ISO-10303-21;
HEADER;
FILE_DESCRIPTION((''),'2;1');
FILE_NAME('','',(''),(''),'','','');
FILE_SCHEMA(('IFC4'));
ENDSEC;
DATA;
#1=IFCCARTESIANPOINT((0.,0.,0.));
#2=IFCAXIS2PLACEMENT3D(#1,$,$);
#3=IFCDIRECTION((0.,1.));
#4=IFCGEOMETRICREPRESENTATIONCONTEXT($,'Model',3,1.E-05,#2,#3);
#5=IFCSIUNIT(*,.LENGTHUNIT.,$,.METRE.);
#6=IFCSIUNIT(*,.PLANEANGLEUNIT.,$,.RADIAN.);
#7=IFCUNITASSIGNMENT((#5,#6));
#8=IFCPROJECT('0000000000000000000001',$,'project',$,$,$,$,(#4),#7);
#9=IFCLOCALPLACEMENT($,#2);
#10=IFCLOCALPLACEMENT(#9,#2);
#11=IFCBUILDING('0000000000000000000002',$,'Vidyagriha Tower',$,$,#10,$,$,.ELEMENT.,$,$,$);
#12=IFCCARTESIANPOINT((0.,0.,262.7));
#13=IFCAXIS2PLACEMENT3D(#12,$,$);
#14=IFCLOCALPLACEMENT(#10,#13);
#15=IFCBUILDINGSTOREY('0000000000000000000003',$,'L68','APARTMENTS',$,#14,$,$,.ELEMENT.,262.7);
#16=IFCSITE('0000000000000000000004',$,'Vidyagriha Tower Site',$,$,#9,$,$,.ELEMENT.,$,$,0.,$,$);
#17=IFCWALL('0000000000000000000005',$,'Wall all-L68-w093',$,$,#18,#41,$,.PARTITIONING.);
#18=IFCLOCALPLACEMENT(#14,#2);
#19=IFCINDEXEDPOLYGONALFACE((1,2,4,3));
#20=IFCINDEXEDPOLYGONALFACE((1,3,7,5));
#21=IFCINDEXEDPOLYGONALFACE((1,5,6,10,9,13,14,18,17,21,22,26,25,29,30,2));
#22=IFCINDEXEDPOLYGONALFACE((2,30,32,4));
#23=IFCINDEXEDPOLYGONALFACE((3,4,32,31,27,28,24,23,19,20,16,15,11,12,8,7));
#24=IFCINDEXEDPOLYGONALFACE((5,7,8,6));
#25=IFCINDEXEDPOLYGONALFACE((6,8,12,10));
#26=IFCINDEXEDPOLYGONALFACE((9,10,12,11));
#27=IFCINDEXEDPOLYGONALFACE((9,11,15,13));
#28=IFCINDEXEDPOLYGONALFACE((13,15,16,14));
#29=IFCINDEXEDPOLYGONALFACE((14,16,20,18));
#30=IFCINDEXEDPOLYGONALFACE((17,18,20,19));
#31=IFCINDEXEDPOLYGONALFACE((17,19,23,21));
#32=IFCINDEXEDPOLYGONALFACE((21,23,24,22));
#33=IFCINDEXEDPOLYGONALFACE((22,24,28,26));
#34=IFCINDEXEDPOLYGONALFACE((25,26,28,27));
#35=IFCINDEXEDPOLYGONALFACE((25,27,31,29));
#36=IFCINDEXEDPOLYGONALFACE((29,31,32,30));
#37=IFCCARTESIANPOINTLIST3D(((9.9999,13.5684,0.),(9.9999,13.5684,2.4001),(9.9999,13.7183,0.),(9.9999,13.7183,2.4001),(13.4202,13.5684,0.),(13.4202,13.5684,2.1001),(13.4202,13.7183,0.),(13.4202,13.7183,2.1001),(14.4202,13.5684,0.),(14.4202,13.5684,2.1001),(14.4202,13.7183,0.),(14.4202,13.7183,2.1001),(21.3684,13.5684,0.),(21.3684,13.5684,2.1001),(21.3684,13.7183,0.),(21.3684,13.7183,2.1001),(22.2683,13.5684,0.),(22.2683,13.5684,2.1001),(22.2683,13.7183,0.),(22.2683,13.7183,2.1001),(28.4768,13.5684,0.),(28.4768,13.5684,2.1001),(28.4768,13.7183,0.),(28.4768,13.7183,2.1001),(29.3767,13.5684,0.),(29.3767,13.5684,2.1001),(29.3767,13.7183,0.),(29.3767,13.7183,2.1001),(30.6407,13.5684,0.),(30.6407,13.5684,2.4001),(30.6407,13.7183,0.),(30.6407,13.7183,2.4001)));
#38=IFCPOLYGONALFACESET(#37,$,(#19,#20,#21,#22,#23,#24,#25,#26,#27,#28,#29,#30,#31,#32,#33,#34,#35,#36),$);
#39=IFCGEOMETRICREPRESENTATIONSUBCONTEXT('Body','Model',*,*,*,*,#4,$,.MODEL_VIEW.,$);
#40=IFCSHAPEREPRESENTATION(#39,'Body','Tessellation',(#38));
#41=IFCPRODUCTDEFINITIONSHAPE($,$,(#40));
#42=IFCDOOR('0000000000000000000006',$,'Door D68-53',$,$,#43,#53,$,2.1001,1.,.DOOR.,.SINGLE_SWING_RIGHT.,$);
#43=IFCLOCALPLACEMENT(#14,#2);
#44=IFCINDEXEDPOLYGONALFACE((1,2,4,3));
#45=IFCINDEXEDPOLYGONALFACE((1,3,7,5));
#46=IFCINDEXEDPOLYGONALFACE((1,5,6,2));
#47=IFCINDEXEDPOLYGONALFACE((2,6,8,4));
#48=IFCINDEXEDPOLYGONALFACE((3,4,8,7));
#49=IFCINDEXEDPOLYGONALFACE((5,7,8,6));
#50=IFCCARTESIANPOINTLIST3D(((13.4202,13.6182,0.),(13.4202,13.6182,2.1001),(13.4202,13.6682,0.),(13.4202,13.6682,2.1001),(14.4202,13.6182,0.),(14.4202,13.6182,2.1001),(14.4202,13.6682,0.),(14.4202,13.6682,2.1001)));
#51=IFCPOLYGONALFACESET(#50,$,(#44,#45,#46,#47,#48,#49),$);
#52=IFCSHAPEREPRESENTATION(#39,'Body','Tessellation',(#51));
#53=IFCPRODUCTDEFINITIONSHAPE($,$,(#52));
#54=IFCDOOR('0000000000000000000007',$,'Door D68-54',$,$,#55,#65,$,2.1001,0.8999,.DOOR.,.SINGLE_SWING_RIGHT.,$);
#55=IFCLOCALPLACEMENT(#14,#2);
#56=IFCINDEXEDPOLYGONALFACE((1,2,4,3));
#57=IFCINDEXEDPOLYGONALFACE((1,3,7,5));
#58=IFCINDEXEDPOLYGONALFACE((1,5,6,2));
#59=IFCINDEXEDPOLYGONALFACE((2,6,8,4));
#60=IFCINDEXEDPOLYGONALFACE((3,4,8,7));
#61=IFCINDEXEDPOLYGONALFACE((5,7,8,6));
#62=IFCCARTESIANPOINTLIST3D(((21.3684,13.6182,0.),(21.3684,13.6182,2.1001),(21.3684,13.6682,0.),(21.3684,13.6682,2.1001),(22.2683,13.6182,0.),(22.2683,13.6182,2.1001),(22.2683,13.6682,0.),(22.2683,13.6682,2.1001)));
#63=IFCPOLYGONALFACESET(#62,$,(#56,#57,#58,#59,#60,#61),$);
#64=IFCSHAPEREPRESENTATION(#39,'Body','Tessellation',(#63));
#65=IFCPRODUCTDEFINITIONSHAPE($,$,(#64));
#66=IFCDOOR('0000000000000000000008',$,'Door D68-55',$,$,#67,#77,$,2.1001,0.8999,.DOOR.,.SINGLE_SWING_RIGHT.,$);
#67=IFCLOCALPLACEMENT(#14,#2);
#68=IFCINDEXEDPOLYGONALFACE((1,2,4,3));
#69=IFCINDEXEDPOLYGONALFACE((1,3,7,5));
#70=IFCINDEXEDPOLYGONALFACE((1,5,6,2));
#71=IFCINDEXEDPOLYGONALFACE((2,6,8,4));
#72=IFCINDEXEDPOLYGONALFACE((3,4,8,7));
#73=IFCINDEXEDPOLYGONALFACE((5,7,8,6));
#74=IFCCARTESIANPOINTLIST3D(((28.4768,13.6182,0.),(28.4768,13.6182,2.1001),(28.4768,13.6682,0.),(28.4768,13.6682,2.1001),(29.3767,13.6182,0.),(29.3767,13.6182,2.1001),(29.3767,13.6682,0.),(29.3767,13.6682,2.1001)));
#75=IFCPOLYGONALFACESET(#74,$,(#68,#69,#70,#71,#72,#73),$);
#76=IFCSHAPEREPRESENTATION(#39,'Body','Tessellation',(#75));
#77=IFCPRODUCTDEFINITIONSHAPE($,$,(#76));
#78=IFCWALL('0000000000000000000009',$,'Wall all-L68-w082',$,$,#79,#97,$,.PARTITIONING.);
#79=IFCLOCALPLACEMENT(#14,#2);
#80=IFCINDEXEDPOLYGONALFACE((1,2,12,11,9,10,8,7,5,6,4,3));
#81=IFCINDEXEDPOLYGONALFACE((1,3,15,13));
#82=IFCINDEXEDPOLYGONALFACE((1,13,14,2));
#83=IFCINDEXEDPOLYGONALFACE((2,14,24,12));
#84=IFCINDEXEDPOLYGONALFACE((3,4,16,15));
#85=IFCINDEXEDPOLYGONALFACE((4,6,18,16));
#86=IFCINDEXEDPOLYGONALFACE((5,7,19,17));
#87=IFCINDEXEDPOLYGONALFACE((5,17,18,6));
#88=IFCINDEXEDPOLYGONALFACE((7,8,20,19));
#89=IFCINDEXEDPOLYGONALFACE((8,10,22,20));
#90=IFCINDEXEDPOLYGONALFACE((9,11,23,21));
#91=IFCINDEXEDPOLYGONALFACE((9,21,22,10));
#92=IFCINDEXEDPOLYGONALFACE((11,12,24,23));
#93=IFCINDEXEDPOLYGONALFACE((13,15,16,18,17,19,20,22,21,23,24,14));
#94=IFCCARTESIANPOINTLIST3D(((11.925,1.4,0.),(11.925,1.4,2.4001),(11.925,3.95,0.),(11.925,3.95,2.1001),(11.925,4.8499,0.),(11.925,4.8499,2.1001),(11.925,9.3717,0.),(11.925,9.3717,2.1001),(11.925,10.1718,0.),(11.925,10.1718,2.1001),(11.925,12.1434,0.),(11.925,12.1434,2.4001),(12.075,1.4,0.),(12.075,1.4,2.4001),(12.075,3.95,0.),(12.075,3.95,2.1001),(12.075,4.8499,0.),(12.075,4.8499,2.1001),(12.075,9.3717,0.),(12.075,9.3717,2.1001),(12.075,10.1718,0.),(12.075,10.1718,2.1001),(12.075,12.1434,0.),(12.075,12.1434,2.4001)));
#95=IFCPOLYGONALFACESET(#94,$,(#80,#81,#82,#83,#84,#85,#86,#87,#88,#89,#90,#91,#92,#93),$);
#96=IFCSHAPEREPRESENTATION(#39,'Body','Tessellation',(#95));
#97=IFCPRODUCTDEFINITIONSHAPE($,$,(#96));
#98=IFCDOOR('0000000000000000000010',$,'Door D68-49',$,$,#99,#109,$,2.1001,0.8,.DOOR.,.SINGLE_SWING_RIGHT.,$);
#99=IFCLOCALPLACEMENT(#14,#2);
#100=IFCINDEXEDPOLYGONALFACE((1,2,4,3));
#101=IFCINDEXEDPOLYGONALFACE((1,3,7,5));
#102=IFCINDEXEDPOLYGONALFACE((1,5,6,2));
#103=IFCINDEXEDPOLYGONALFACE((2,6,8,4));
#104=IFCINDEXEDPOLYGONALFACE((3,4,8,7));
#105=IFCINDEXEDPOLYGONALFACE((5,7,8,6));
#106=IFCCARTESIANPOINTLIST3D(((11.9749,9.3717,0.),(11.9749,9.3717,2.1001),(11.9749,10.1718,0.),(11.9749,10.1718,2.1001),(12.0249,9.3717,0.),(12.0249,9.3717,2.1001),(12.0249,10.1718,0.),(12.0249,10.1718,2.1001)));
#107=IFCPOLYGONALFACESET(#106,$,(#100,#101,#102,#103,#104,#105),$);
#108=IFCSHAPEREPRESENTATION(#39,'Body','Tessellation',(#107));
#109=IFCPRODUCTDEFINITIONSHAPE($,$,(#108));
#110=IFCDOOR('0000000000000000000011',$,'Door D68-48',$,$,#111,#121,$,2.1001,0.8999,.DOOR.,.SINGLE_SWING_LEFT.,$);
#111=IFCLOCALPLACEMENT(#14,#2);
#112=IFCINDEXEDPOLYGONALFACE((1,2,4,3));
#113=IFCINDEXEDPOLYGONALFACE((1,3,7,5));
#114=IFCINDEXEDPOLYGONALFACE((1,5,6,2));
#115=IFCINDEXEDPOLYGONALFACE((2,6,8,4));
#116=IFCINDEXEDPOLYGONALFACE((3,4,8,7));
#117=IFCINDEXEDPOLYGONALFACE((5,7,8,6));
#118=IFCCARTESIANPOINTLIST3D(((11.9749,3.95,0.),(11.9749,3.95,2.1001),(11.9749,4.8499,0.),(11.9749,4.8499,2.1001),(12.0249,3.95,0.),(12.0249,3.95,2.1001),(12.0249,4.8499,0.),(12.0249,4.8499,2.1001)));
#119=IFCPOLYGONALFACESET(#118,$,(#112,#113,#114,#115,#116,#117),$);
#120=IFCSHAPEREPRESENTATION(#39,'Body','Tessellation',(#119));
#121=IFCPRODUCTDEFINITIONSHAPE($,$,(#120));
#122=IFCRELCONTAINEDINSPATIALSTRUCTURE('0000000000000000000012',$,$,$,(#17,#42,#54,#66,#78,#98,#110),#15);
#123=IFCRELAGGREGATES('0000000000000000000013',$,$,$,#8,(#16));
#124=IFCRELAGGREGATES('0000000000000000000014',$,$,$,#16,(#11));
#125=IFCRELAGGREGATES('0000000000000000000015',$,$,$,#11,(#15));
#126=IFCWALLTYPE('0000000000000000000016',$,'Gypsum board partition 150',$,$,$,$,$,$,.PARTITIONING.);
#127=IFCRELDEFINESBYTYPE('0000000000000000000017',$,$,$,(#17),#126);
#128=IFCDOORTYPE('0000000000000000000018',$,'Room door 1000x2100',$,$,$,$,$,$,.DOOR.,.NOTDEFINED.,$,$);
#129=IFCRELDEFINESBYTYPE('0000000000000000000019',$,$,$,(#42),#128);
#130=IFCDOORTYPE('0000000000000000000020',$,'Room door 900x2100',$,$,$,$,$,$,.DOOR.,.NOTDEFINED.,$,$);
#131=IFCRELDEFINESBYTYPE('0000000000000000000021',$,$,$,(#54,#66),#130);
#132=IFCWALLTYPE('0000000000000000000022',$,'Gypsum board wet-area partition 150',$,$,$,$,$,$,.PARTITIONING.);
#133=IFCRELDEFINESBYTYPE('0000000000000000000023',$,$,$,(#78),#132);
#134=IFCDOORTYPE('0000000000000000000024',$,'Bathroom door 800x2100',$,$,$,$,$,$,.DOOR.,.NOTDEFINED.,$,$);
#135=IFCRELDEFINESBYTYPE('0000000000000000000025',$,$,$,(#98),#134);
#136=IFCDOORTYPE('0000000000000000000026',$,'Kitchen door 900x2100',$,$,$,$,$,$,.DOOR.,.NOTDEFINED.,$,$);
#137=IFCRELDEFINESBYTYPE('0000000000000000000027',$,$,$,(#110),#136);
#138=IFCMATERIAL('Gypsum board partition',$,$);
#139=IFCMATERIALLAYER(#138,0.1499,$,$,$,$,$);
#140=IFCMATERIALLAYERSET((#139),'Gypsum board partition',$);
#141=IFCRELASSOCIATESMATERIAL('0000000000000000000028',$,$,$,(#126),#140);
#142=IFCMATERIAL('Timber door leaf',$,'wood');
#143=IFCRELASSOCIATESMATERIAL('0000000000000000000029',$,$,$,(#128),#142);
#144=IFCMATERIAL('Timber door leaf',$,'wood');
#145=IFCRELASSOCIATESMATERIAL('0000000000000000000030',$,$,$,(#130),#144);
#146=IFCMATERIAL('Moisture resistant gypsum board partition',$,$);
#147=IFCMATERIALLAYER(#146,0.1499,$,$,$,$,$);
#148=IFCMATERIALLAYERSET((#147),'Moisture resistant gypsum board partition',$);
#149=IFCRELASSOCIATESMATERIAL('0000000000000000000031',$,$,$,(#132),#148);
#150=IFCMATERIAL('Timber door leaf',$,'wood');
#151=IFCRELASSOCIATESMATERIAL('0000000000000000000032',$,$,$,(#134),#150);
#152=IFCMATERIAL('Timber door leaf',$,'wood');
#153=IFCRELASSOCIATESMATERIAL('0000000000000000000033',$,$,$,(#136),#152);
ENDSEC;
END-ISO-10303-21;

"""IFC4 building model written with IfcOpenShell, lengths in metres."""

from ifc_helpers import new_model, si_unit, direction, frame, frame_2d, origin, place, context, subcontext, project, spatial, rectangle, extrude, material, layer, layer_set, type_object, element, fill, save


model = new_model("IFC4")

# Units and contexts
model_context = context("Model", 3, precision=1e-05, world=origin(), true_north=direction((0.0, 1.0)))
body_context = subcontext(model_context, "Body", "Model", "MODEL_VIEW")
ifc_project = project(units=[si_unit("LENGTHUNIT", "METRE"), si_unit("PLANEANGLEUNIT", "RADIAN")], contexts=[model_context])

# Site, building, storey
site_placement = place(None, origin())
site = spatial("IfcSite", under=ifc_project, at=site_placement, Name="Vidyagriha Tower Site", CompositionType="ELEMENT", RefElevation=0.0)
building_placement = place(site_placement, origin())
building = spatial("IfcBuilding", under=site, at=building_placement, Name="Vidyagriha Tower", CompositionType="ELEMENT")
storey_placement = place(building_placement, frame((0.0, 0.0, 262.7)))
storey = spatial("IfcBuildingStorey", under=building, at=storey_placement, Name="L68", Description="APARTMENTS", CompositionType="ELEMENT", Elevation=262.7)

# Shared definitions
ifc_material_1 = material(Name="Gypsum board partition")
ifc_layer_1 = layer(ifc_material_1, 0.1499)
ifc_layer_set_1 = layer_set([ifc_layer_1], Name="Gypsum board partition")
wall_type_1 = type_object("IfcWallType", Name="Gypsum board partition 150", PredefinedType="PARTITIONING", material=ifc_layer_set_1)

# Walls, openings, doors
wall_1_placement = place(storey_placement, frame((10.0, 13.6433, 0.0)))
wall_1 = element("IfcWall", 1, at=wall_1_placement, inside=storey, type_object=wall_type_1, Name="Wall all-L68-w093", PredefinedType="PARTITIONING", context=body_context, shape_type="SweptSolid", body=[
    extrude(rectangle(XDim=20.6409, YDim=0.1499, at=frame_2d((10.3203, 0.0))), origin(), (0.0, 0.0, 1.0), 2.4001),
])
opening_1_placement = place(wall_1_placement, frame((3.4202, 0.0, 0.0)))
opening_1 = element("IfcOpeningElement", 2, at=opening_1_placement, cuts=wall_1, PredefinedType="OPENING", context=body_context, shape_type="SweptSolid", body=[
    extrude(rectangle(XDim=1.0, YDim=2.1001, at=frame_2d((0.5, 1.05))), frame((0.0, 0.085, 0.0), z_axis=(0.0, -1.0, 0.0), x_axis=(1.0, 0.0, 0.0)), (0.0, 0.0, 1.0), 0.1699),
])
opening_2_placement = place(wall_1_placement, frame((11.3684, 0.0, 0.0)))
opening_2 = element("IfcOpeningElement", 3, at=opening_2_placement, cuts=wall_1, PredefinedType="OPENING", context=body_context, shape_type="SweptSolid", body=[
    extrude(rectangle(XDim=0.8999, YDim=2.1001, at=frame_2d((0.45, 1.05))), frame((0.0, 0.085, 0.0), z_axis=(0.0, -1.0, 0.0), x_axis=(1.0, 0.0, 0.0)), (0.0, 0.0, 1.0), 0.1699),
])
opening_3_placement = place(wall_1_placement, frame((18.4768, 0.0, 0.0)))
opening_3 = element("IfcOpeningElement", 4, at=opening_3_placement, cuts=wall_1, PredefinedType="OPENING", context=body_context, shape_type="SweptSolid", body=[
    extrude(rectangle(XDim=0.8999, YDim=2.1001, at=frame_2d((0.45, 1.05))), frame((0.0, 0.085, 0.0), z_axis=(0.0, -1.0, 0.0), x_axis=(1.0, 0.0, 0.0)), (0.0, 0.0, 1.0), 0.1699),
])
ifc_material_2 = material(Name="Timber door leaf", Category="wood")
door_type_1 = type_object("IfcDoorType", Name="Room door 1000x2100", OperationType="NOTDEFINED", PredefinedType="DOOR", material=ifc_material_2)
door_1_placement = place(opening_1_placement, origin())
door_1 = element("IfcDoor", 5, at=door_1_placement, inside=storey, type_object=door_type_1, Name="Door D68-53", OperationType="SINGLE_SWING_RIGHT", OverallHeight=2.1001, OverallWidth=1.0, PredefinedType="DOOR", context=body_context, shape_type="SweptSolid", body=[
    extrude(rectangle(XDim=1.0, YDim=2.1001, at=frame_2d((0.5, 1.05))), frame((0.0, 0.0249, 0.0), z_axis=(0.0, -1.0, 0.0), x_axis=(1.0, 0.0, 0.0)), (0.0, 0.0, 1.0), 0.05),
])
fill(opening_1, door_1)
ifc_material_3 = material(Name="Timber door leaf", Category="wood")
door_type_2 = type_object("IfcDoorType", Name="Room door 900x2100", OperationType="NOTDEFINED", PredefinedType="DOOR", material=ifc_material_3)
door_2_placement = place(opening_2_placement, origin())
door_2 = element("IfcDoor", 6, at=door_2_placement, inside=storey, type_object=door_type_2, Name="Door D68-54", OperationType="SINGLE_SWING_RIGHT", OverallHeight=2.1001, OverallWidth=0.8999, PredefinedType="DOOR", context=body_context, shape_type="SweptSolid", body=[
    extrude(rectangle(XDim=0.8999, YDim=2.1001, at=frame_2d((0.45, 1.05))), frame((0.0, 0.0249, 0.0), z_axis=(0.0, -1.0, 0.0), x_axis=(1.0, 0.0, 0.0)), (0.0, 0.0, 1.0), 0.05),
])
fill(opening_2, door_2)
door_3_placement = place(opening_3_placement, origin())
door_3 = element("IfcDoor", 7, at=door_3_placement, inside=storey, type_object=door_type_2, Name="Door D68-55", OperationType="SINGLE_SWING_RIGHT", OverallHeight=2.1001, OverallWidth=0.8999, PredefinedType="DOOR", context=body_context, shape_type="SweptSolid", body=[
    extrude(rectangle(XDim=0.8999, YDim=2.1001, at=frame_2d((0.45, 1.05))), frame((0.0, 0.0249, 0.0), z_axis=(0.0, -1.0, 0.0), x_axis=(1.0, 0.0, 0.0)), (0.0, 0.0, 1.0), 0.05),
])
fill(opening_3, door_3)
ifc_material_4 = material(Name="Moisture resistant gypsum board partition")
ifc_layer_2 = layer(ifc_material_4, 0.1499)
ifc_layer_set_2 = layer_set([ifc_layer_2], Name="Moisture resistant gypsum board partition")
wall_type_2 = type_object("IfcWallType", Name="Gypsum board wet-area partition 150", PredefinedType="PARTITIONING", material=ifc_layer_set_2)
wall_2_placement = place(storey_placement, frame((12.0, 12.1433, 0.0), z_axis=(0.0, 0.0, 1.0), x_axis=(0.0, -1.0, 0.0)))
wall_2 = element("IfcWall", 8, at=wall_2_placement, inside=storey, type_object=wall_type_2, Name="Wall all-L68-w082", PredefinedType="PARTITIONING", context=body_context, shape_type="SweptSolid", body=[
    extrude(rectangle(XDim=10.7434, YDim=0.1499, at=frame_2d((5.3716, 0.0))), origin(), (0.0, 0.0, 1.0), 2.4001),
])
opening_4_placement = place(wall_2_placement, frame((7.2935, 0.0, 0.0)))
opening_4 = element("IfcOpeningElement", 9, at=opening_4_placement, cuts=wall_2, PredefinedType="OPENING", context=body_context, shape_type="SweptSolid", body=[
    extrude(rectangle(XDim=0.8999, YDim=2.1001, at=frame_2d((0.45, 1.05))), frame((0.0, 0.085, 0.0), z_axis=(0.0, -1.0, 0.0), x_axis=(1.0, 0.0, 0.0)), (0.0, 0.0, 1.0), 0.1699),
])
opening_5_placement = place(wall_2_placement, frame((1.9717, 0.0, 0.0)))
opening_5 = element("IfcOpeningElement", 10, at=opening_5_placement, cuts=wall_2, PredefinedType="OPENING", context=body_context, shape_type="SweptSolid", body=[
    extrude(rectangle(XDim=0.8, YDim=2.1001, at=frame_2d((0.3999, 1.05))), frame((0.0, 0.085, 0.0), z_axis=(0.0, -1.0, 0.0), x_axis=(1.0, 0.0, 0.0)), (0.0, 0.0, 1.0), 0.1699),
])
ifc_material_5 = material(Name="Timber door leaf", Category="wood")
door_type_3 = type_object("IfcDoorType", Name="Bathroom door 800x2100", OperationType="NOTDEFINED", PredefinedType="DOOR", material=ifc_material_5)
door_4_placement = place(opening_5_placement, origin())
door_4 = element("IfcDoor", 11, at=door_4_placement, inside=storey, type_object=door_type_3, Name="Door D68-49", OperationType="SINGLE_SWING_RIGHT", OverallHeight=2.1001, OverallWidth=0.8, PredefinedType="DOOR", context=body_context, shape_type="SweptSolid", body=[
    extrude(rectangle(XDim=0.8, YDim=2.1001, at=frame_2d((0.3999, 1.05))), frame((0.0, 0.0249, 0.0), z_axis=(0.0, -1.0, 0.0), x_axis=(1.0, 0.0, 0.0)), (0.0, 0.0, 1.0), 0.05),
])
fill(opening_5, door_4)
ifc_material_6 = material(Name="Timber door leaf", Category="wood")
door_type_4 = type_object("IfcDoorType", Name="Kitchen door 900x2100", OperationType="NOTDEFINED", PredefinedType="DOOR", material=ifc_material_6)
door_5_placement = place(opening_4_placement, origin())
door_5 = element("IfcDoor", 12, at=door_5_placement, inside=storey, type_object=door_type_4, Name="Door D68-48", OperationType="SINGLE_SWING_LEFT", OverallHeight=2.1001, OverallWidth=0.8999, PredefinedType="DOOR", context=body_context, shape_type="SweptSolid", body=[
    extrude(rectangle(XDim=0.8999, YDim=2.1001, at=frame_2d((0.45, 1.05))), frame((0.0, 0.0249, 0.0), z_axis=(0.0, -1.0, 0.0), x_axis=(1.0, 0.0, 0.0)), (0.0, 0.0, 1.0), 0.05),
])
fill(opening_4, door_5)

save(model, "model.ifc")
